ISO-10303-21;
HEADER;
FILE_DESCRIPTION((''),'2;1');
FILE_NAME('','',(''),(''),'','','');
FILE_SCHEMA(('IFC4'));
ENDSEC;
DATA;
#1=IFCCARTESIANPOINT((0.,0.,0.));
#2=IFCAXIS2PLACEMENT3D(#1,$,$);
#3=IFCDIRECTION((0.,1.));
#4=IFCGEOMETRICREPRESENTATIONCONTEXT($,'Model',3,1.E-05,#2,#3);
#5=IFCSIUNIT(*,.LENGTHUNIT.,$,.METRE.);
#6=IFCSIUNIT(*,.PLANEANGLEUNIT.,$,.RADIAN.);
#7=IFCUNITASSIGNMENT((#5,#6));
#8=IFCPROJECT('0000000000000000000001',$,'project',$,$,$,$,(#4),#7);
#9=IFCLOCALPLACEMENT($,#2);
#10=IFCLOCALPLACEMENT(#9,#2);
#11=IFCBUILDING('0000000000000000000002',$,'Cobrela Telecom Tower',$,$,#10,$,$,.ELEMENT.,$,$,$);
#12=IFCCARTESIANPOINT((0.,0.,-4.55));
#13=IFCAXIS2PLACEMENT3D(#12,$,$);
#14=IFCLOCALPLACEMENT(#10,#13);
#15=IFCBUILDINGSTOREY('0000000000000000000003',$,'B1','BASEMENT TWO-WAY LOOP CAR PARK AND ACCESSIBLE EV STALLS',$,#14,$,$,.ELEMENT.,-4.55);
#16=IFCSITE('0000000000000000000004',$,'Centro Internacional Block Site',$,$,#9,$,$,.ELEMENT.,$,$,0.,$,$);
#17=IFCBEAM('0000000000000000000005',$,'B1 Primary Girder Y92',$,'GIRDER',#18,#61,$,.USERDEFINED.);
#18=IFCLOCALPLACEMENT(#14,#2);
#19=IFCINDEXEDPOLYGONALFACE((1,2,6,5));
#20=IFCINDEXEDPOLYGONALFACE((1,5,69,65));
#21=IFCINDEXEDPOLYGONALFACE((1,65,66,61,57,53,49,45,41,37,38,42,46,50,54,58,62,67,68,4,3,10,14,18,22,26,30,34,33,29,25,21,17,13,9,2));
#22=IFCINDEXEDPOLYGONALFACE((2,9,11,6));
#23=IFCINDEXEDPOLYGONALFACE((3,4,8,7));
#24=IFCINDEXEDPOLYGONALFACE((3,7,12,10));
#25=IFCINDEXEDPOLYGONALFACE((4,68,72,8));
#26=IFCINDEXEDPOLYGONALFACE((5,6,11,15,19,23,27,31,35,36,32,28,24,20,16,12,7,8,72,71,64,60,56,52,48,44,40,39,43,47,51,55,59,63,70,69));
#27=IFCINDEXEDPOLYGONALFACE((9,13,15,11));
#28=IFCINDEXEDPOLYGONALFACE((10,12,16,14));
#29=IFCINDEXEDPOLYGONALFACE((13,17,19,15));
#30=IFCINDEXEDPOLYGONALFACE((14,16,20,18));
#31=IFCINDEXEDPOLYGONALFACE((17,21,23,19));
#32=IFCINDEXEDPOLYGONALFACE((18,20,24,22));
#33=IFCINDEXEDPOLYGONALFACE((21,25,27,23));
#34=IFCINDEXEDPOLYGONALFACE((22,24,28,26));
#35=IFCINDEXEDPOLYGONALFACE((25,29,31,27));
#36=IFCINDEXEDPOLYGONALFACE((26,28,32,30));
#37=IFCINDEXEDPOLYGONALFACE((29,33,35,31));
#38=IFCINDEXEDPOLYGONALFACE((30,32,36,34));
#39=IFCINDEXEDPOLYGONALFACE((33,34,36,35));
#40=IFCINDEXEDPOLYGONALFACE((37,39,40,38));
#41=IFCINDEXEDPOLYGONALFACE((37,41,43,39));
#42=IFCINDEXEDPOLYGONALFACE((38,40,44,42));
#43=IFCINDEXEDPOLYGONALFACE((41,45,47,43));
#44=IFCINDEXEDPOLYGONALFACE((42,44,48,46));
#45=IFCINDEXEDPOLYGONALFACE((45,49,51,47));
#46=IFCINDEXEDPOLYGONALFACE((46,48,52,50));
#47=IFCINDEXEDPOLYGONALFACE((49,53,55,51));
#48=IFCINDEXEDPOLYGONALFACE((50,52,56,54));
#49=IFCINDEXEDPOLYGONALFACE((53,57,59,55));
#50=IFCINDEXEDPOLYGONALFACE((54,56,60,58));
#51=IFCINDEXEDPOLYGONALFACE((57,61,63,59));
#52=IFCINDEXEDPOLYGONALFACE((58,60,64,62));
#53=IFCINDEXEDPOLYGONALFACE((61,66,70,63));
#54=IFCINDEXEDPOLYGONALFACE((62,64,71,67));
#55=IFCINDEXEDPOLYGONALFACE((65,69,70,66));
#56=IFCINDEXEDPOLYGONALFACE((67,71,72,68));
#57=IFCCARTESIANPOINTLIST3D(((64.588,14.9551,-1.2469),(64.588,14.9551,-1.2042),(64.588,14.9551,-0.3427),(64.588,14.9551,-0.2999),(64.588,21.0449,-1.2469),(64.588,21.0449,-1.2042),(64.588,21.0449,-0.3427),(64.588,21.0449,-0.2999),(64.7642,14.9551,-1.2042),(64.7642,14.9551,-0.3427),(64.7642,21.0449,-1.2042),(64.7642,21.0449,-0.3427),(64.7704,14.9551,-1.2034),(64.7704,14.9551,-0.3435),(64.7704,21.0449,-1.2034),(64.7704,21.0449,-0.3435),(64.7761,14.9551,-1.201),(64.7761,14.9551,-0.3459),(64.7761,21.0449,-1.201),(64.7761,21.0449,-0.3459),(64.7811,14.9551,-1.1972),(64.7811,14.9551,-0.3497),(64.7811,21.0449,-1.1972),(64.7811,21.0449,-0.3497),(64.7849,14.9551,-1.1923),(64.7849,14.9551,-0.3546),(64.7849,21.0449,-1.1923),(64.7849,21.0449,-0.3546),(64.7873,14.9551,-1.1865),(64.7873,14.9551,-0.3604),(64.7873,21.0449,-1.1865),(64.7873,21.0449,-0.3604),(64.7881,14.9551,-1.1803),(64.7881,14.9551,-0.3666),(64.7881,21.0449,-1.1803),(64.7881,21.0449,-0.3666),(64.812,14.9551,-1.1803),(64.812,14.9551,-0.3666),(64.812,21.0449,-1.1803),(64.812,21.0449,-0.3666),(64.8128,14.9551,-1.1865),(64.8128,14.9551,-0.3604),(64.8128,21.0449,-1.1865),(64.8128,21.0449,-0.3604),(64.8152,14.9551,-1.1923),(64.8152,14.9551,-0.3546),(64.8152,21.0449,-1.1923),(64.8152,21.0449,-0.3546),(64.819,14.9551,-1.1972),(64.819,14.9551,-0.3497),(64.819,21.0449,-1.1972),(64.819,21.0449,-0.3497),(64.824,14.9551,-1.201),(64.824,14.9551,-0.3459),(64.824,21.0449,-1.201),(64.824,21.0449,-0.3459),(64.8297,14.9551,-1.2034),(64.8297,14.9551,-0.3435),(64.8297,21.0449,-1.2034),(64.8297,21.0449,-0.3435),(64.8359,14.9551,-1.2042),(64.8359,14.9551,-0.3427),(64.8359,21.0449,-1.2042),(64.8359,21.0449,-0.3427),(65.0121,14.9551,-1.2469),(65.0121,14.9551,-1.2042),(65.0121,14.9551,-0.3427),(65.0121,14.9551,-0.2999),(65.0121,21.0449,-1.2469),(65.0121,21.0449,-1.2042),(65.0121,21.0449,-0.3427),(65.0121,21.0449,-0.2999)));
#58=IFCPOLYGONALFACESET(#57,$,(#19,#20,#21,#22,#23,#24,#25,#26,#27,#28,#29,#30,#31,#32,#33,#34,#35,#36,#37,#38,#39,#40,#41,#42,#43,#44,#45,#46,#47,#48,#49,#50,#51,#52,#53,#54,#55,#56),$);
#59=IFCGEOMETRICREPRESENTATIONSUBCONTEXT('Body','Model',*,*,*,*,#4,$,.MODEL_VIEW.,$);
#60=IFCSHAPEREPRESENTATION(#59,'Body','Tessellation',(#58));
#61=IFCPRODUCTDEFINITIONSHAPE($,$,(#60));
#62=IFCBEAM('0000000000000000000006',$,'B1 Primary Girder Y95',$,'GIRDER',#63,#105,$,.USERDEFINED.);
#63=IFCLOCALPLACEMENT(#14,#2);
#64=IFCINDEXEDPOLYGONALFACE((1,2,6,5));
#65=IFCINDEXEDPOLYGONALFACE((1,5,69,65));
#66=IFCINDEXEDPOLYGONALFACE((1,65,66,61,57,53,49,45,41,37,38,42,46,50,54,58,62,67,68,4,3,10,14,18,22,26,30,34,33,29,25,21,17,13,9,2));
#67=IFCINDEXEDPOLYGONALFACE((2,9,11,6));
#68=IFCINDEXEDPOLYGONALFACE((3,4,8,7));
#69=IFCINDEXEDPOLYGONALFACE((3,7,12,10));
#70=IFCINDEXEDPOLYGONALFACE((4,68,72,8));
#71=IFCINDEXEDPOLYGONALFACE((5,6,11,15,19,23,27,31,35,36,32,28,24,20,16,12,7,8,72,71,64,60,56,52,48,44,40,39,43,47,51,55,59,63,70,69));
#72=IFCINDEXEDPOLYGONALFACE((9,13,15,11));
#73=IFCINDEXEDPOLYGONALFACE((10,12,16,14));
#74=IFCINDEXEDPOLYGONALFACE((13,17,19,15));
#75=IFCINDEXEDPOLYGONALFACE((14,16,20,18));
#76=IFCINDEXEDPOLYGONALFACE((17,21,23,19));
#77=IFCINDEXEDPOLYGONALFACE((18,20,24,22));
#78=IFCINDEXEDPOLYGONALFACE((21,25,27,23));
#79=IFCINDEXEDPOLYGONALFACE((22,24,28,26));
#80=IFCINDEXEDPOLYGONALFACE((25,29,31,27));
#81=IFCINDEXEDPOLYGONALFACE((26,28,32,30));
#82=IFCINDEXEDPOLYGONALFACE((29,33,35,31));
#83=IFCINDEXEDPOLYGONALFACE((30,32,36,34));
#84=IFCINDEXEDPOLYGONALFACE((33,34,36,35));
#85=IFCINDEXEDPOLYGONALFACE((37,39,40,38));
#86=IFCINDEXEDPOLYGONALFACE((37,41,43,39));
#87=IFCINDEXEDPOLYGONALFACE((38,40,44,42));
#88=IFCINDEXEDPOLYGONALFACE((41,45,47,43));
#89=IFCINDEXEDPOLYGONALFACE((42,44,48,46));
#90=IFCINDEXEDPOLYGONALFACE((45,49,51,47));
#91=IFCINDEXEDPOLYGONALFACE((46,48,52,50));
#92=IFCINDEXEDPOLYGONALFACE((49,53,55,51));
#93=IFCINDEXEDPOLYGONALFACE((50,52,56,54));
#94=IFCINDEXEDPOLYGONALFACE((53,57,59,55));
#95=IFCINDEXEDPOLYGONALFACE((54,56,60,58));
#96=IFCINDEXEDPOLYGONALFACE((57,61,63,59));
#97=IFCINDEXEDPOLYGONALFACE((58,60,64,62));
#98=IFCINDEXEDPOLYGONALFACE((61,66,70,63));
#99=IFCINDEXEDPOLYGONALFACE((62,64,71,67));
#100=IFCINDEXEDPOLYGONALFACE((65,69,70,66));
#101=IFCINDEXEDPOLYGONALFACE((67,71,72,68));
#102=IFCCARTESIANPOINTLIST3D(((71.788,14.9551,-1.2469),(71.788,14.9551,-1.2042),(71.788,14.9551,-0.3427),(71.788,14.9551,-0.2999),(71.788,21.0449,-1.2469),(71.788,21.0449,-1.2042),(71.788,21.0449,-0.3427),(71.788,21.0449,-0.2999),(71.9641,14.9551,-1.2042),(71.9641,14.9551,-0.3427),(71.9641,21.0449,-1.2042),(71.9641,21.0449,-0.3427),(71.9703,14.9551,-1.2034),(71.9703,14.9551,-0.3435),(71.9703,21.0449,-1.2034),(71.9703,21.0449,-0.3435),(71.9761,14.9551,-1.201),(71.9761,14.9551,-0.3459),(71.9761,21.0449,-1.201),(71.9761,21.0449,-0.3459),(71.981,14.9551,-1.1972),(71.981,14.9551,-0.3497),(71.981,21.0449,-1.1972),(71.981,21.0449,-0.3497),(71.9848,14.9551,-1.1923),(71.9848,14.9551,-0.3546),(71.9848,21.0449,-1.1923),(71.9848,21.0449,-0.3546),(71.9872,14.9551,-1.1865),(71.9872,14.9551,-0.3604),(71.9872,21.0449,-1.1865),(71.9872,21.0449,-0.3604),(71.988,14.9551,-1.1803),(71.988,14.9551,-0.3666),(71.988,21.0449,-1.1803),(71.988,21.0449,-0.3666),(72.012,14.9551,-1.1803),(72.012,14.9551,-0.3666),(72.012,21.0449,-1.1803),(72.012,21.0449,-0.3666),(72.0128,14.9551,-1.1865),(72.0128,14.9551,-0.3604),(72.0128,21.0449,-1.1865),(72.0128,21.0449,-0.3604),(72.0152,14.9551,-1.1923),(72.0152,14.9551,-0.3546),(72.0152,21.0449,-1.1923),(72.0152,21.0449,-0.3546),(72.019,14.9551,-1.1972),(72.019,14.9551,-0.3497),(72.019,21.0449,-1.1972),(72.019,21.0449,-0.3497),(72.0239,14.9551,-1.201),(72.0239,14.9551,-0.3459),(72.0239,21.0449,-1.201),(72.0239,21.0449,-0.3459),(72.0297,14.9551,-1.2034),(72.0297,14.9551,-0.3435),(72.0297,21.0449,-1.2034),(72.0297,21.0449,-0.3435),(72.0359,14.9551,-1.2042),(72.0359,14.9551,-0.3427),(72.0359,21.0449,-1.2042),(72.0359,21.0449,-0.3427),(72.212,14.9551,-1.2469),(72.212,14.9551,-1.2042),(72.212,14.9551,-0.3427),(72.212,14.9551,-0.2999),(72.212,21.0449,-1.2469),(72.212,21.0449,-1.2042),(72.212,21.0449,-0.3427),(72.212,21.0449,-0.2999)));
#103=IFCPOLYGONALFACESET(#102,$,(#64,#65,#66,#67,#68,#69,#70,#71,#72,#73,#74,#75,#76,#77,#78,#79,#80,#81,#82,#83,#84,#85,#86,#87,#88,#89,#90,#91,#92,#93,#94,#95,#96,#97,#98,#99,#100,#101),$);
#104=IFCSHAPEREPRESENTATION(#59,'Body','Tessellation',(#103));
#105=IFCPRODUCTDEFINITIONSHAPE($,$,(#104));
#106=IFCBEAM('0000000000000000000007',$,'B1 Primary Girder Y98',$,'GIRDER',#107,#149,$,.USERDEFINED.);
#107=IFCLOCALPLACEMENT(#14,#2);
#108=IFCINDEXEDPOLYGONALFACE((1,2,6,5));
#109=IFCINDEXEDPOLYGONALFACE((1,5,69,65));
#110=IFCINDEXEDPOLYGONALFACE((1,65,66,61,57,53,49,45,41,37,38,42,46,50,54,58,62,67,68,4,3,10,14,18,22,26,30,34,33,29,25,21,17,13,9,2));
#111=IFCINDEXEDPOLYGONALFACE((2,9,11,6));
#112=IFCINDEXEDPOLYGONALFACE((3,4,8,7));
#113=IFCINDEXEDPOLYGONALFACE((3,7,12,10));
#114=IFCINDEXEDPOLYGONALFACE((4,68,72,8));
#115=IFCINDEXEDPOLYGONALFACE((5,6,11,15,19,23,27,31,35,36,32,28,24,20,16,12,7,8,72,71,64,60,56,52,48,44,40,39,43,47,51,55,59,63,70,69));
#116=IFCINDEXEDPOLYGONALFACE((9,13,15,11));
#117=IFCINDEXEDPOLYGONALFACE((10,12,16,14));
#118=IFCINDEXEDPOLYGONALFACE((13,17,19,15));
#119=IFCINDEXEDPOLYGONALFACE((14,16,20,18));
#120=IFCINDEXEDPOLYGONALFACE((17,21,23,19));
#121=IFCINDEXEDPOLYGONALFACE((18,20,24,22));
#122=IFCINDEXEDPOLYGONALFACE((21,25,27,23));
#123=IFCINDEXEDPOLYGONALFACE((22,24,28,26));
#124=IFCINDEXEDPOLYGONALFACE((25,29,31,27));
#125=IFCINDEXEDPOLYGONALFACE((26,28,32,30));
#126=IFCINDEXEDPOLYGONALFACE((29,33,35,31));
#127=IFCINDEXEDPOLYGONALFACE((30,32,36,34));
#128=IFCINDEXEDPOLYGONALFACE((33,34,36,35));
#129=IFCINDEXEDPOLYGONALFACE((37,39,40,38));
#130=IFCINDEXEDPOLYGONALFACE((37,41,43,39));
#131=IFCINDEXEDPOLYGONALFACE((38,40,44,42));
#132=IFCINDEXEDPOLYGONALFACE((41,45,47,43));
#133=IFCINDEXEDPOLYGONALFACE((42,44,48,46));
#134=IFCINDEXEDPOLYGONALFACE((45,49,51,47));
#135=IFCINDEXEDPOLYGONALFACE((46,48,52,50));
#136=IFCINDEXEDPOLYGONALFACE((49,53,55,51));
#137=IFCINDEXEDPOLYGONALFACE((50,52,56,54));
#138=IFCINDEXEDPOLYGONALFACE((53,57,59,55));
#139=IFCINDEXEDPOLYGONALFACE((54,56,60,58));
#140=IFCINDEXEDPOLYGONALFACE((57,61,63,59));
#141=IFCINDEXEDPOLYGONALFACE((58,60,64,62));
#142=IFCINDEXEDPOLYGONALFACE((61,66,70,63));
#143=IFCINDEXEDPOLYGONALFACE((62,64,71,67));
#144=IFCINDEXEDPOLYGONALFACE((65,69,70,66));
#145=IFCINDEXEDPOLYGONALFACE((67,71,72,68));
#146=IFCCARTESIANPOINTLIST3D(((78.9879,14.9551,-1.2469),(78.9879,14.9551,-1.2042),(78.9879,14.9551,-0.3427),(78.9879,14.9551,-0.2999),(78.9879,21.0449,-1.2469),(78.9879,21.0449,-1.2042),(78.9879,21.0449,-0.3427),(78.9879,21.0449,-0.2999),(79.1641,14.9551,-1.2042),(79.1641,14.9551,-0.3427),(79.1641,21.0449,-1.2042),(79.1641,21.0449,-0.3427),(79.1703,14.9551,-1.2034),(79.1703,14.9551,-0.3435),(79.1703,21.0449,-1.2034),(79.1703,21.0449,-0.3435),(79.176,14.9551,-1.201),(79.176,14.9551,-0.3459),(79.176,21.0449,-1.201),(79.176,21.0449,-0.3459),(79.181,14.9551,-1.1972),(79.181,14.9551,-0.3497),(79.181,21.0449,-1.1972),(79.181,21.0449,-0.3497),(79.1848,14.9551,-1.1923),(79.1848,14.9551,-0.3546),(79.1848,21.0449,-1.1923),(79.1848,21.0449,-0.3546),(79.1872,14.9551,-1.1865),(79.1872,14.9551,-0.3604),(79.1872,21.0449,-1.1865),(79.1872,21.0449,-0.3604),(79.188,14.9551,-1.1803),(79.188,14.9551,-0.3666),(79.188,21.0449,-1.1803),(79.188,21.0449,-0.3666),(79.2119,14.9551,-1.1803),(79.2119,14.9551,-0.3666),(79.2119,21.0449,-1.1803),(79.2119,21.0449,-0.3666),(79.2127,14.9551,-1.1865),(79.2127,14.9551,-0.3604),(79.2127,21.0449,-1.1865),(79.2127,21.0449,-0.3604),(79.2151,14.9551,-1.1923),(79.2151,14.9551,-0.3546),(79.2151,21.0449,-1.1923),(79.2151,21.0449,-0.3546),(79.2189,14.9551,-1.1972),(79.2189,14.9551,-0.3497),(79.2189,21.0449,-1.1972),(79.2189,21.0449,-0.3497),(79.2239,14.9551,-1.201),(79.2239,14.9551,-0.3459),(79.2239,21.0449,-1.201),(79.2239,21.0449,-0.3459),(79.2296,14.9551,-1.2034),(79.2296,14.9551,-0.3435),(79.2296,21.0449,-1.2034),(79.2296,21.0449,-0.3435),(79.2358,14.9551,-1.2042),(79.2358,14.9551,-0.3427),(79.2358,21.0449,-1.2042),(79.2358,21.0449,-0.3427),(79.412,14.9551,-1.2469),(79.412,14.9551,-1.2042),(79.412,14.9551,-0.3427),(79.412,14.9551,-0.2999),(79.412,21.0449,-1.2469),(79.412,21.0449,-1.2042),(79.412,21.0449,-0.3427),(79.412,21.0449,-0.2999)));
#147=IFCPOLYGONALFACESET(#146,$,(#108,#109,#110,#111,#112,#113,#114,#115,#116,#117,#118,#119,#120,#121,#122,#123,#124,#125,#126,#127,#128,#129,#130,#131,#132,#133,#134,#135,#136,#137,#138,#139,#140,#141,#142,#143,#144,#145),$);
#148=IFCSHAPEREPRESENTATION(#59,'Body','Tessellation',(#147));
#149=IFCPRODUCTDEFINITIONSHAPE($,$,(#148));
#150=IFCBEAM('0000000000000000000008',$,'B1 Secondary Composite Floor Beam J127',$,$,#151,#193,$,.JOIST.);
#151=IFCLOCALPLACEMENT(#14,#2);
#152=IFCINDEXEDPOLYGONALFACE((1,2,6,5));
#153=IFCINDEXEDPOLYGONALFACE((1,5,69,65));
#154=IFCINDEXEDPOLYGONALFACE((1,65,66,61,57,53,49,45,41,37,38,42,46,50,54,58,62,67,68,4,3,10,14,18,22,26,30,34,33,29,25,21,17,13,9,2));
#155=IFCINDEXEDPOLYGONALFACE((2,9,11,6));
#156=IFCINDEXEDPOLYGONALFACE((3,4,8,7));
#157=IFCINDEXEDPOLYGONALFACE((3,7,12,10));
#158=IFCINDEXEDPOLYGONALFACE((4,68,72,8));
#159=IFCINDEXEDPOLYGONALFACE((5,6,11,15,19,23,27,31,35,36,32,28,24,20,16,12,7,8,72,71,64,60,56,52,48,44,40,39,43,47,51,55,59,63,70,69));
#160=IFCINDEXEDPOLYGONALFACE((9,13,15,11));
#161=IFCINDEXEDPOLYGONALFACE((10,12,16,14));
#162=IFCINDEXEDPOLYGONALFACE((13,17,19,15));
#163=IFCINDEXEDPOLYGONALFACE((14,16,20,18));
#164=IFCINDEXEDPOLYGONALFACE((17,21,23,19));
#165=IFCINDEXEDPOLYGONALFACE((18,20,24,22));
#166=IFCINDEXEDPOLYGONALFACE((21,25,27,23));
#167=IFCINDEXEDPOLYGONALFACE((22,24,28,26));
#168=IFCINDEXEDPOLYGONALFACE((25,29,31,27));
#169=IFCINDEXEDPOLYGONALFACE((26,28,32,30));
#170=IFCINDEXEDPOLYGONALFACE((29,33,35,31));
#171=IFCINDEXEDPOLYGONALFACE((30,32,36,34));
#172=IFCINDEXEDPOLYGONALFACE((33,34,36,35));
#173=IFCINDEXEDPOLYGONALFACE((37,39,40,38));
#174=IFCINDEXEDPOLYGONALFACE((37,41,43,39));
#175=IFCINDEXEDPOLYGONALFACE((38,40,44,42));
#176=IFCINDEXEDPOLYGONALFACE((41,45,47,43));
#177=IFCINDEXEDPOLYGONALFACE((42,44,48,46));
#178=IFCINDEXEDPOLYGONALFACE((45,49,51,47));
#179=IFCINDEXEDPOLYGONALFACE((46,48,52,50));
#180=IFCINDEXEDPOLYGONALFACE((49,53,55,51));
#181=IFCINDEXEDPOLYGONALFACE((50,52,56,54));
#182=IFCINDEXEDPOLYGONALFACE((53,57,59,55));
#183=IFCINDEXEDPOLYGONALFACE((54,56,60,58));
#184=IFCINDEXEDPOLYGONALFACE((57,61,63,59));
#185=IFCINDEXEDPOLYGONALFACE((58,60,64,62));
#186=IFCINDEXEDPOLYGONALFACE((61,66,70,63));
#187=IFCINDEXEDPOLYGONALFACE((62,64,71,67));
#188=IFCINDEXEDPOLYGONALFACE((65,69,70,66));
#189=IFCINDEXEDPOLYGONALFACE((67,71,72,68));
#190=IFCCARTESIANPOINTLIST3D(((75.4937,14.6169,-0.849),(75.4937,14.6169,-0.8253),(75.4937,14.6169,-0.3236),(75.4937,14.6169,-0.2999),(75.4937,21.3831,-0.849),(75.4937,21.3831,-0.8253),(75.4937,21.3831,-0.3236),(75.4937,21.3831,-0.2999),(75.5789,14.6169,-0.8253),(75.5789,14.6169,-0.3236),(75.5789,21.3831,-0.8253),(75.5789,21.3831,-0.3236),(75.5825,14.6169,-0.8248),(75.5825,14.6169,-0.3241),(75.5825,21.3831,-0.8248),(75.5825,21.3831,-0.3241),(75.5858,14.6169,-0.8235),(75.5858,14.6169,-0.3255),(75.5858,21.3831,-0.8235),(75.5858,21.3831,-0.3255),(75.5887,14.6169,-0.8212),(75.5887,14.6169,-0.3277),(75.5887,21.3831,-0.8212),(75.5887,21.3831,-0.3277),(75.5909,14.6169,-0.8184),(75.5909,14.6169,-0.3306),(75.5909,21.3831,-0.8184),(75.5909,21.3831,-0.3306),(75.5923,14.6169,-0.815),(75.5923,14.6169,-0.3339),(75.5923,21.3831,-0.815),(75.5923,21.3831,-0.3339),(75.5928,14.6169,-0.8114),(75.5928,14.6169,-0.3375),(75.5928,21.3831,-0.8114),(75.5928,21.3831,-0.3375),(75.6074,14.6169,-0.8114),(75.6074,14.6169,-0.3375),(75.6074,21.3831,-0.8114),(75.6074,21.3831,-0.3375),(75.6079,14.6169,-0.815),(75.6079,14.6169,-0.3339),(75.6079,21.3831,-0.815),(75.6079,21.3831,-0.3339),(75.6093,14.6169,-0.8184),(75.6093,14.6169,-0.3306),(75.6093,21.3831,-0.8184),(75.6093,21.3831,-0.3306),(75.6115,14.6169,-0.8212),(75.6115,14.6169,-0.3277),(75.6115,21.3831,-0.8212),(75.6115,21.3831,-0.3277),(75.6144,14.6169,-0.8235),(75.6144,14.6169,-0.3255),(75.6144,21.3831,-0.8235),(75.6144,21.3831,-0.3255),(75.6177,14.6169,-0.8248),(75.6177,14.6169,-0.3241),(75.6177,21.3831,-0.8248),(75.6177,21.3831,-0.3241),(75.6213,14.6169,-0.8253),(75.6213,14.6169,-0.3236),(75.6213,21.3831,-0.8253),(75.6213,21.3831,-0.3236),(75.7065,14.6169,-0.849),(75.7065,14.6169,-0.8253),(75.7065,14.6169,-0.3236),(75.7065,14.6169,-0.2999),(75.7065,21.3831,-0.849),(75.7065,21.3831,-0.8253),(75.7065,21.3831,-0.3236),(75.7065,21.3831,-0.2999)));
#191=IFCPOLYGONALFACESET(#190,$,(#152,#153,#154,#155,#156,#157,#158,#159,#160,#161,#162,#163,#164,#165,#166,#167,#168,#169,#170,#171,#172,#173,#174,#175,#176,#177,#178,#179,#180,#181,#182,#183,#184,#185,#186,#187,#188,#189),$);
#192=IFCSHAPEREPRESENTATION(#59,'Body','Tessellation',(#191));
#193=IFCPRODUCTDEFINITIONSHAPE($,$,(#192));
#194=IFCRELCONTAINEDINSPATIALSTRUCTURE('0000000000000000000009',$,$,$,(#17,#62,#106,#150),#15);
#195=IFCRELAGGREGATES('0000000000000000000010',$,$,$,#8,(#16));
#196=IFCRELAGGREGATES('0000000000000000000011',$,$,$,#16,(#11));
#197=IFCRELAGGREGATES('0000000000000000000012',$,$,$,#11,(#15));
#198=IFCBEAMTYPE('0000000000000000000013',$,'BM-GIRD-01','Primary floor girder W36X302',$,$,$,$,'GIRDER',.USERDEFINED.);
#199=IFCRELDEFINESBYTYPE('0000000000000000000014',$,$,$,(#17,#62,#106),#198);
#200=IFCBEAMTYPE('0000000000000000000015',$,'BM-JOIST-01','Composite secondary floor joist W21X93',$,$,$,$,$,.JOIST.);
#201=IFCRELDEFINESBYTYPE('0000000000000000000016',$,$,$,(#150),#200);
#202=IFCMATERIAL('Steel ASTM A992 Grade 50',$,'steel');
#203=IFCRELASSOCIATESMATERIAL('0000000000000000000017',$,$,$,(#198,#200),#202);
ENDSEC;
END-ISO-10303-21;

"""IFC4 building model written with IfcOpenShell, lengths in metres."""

from ifc_helpers import new_model, si_unit, direction, frame, origin, origin_2d, place, context, subcontext, project, spatial, i_section, extrude, material, material_profile, profile_set, type_object, element, save


model = new_model("IFC4")

# Units and contexts
model_context = context("Model", 3, precision=1e-05, world=origin(), true_north=direction((0.0, 1.0)))
body_context = subcontext(model_context, "Body", "Model", "MODEL_VIEW")
ifc_project = project(units=[si_unit("LENGTHUNIT", "METRE"), si_unit("PLANEANGLEUNIT", "RADIAN")], contexts=[model_context])

# Site, building, storey
site_placement = place(None, origin())
site = spatial("IfcSite", under=ifc_project, at=site_placement, Name="Centro Internacional Block Site", CompositionType="ELEMENT", RefElevation=0.0)
building_placement = place(site_placement, origin())
building = spatial("IfcBuilding", under=site, at=building_placement, Name="Cobrela Telecom Tower", CompositionType="ELEMENT")
storey_placement = place(building_placement, frame((0.0, 0.0, -4.55)))
storey = spatial("IfcBuildingStorey", under=building, at=storey_placement, Name="B1", Description="BASEMENT TWO-WAY LOOP CAR PARK AND ACCESSIBLE EV STALLS", CompositionType="ELEMENT", Elevation=-4.55)

# Beams
ifc_material_1 = material(Name="Steel ASTM A992 Grade 50", Category="steel")
ifc_material_profile_1 = material_profile(ifc_material_1, i_section(OverallWidth=0.4241, OverallDepth=0.947, WebThickness=0.0239, FlangeThickness=0.0427, FilletRadius=0.0239, at=origin_2d()), Name="W36X302")
ifc_profile_set_1 = profile_set([ifc_material_profile_1], Name="Steel ASTM A992 Grade 50")
beam_type_1 = type_object("IfcBeamType", Name="BM-GIRD-01", Description="Primary floor girder W36X302", ElementType="GIRDER", PredefinedType="USERDEFINED", material=ifc_profile_set_1)
for number, where, z_axis, x_axis, name in (
    (1, (64.8, 14.9551, -0.7734), (0.0, 1.0, 0.0), (-1.0, 0.0, 0.0), "B1 Primary Girder Y92"),
    (2, (72.0, 14.9551, -0.7734), (0.0, 1.0, 0.0), (-1.0, 0.0, 0.0), "B1 Primary Girder Y95"),
    (3, (79.2, 14.9551, -0.7734), (0.0, 1.0, 0.0), (-1.0, 0.0, 0.0), "B1 Primary Girder Y98"),
):
    element("IfcBeam", number, at=place(storey_placement, frame(where, z_axis=z_axis, x_axis=x_axis)), inside=storey, type_object=beam_type_1, Name=name, ObjectType="GIRDER", PredefinedType="USERDEFINED", context=body_context, shape_type="SweptSolid", body=[
        extrude(i_section(OverallWidth=0.4241, OverallDepth=0.947, WebThickness=0.0239, FlangeThickness=0.0427, FilletRadius=0.0239, at=origin_2d()), origin(), (0.0, 0.0, 1.0), 6.0898),
    ])
ifc_material_profile_2 = material_profile(ifc_material_1, i_section(OverallWidth=0.2129, OverallDepth=0.5491, WebThickness=0.0146, FlangeThickness=0.0237, FilletRadius=0.0139, at=origin_2d()), Name="W21X93")
ifc_profile_set_2 = profile_set([ifc_material_profile_2], Name="Steel ASTM A992 Grade 50")
beam_type_2 = type_object("IfcBeamType", Name="BM-JOIST-01", Description="Composite secondary floor joist W21X93", PredefinedType="JOIST", material=ifc_profile_set_2)
for number, where, z_axis, x_axis, name in (
    (4, (75.6001, 14.6169, -0.5745), (0.0, 1.0, 0.0), (-1.0, 0.0, 0.0), "B1 Secondary Composite Floor Beam J127"),
):
    element("IfcBeam", number, at=place(storey_placement, frame(where, z_axis=z_axis, x_axis=x_axis)), inside=storey, type_object=beam_type_2, Name=name, PredefinedType="JOIST", context=body_context, shape_type="SweptSolid", body=[
        extrude(i_section(OverallWidth=0.2129, OverallDepth=0.5491, WebThickness=0.0146, FlangeThickness=0.0237, FilletRadius=0.0139, at=origin_2d()), origin(), (0.0, 0.0, 1.0), 6.7661),
    ])

save(model, "model.ifc")
